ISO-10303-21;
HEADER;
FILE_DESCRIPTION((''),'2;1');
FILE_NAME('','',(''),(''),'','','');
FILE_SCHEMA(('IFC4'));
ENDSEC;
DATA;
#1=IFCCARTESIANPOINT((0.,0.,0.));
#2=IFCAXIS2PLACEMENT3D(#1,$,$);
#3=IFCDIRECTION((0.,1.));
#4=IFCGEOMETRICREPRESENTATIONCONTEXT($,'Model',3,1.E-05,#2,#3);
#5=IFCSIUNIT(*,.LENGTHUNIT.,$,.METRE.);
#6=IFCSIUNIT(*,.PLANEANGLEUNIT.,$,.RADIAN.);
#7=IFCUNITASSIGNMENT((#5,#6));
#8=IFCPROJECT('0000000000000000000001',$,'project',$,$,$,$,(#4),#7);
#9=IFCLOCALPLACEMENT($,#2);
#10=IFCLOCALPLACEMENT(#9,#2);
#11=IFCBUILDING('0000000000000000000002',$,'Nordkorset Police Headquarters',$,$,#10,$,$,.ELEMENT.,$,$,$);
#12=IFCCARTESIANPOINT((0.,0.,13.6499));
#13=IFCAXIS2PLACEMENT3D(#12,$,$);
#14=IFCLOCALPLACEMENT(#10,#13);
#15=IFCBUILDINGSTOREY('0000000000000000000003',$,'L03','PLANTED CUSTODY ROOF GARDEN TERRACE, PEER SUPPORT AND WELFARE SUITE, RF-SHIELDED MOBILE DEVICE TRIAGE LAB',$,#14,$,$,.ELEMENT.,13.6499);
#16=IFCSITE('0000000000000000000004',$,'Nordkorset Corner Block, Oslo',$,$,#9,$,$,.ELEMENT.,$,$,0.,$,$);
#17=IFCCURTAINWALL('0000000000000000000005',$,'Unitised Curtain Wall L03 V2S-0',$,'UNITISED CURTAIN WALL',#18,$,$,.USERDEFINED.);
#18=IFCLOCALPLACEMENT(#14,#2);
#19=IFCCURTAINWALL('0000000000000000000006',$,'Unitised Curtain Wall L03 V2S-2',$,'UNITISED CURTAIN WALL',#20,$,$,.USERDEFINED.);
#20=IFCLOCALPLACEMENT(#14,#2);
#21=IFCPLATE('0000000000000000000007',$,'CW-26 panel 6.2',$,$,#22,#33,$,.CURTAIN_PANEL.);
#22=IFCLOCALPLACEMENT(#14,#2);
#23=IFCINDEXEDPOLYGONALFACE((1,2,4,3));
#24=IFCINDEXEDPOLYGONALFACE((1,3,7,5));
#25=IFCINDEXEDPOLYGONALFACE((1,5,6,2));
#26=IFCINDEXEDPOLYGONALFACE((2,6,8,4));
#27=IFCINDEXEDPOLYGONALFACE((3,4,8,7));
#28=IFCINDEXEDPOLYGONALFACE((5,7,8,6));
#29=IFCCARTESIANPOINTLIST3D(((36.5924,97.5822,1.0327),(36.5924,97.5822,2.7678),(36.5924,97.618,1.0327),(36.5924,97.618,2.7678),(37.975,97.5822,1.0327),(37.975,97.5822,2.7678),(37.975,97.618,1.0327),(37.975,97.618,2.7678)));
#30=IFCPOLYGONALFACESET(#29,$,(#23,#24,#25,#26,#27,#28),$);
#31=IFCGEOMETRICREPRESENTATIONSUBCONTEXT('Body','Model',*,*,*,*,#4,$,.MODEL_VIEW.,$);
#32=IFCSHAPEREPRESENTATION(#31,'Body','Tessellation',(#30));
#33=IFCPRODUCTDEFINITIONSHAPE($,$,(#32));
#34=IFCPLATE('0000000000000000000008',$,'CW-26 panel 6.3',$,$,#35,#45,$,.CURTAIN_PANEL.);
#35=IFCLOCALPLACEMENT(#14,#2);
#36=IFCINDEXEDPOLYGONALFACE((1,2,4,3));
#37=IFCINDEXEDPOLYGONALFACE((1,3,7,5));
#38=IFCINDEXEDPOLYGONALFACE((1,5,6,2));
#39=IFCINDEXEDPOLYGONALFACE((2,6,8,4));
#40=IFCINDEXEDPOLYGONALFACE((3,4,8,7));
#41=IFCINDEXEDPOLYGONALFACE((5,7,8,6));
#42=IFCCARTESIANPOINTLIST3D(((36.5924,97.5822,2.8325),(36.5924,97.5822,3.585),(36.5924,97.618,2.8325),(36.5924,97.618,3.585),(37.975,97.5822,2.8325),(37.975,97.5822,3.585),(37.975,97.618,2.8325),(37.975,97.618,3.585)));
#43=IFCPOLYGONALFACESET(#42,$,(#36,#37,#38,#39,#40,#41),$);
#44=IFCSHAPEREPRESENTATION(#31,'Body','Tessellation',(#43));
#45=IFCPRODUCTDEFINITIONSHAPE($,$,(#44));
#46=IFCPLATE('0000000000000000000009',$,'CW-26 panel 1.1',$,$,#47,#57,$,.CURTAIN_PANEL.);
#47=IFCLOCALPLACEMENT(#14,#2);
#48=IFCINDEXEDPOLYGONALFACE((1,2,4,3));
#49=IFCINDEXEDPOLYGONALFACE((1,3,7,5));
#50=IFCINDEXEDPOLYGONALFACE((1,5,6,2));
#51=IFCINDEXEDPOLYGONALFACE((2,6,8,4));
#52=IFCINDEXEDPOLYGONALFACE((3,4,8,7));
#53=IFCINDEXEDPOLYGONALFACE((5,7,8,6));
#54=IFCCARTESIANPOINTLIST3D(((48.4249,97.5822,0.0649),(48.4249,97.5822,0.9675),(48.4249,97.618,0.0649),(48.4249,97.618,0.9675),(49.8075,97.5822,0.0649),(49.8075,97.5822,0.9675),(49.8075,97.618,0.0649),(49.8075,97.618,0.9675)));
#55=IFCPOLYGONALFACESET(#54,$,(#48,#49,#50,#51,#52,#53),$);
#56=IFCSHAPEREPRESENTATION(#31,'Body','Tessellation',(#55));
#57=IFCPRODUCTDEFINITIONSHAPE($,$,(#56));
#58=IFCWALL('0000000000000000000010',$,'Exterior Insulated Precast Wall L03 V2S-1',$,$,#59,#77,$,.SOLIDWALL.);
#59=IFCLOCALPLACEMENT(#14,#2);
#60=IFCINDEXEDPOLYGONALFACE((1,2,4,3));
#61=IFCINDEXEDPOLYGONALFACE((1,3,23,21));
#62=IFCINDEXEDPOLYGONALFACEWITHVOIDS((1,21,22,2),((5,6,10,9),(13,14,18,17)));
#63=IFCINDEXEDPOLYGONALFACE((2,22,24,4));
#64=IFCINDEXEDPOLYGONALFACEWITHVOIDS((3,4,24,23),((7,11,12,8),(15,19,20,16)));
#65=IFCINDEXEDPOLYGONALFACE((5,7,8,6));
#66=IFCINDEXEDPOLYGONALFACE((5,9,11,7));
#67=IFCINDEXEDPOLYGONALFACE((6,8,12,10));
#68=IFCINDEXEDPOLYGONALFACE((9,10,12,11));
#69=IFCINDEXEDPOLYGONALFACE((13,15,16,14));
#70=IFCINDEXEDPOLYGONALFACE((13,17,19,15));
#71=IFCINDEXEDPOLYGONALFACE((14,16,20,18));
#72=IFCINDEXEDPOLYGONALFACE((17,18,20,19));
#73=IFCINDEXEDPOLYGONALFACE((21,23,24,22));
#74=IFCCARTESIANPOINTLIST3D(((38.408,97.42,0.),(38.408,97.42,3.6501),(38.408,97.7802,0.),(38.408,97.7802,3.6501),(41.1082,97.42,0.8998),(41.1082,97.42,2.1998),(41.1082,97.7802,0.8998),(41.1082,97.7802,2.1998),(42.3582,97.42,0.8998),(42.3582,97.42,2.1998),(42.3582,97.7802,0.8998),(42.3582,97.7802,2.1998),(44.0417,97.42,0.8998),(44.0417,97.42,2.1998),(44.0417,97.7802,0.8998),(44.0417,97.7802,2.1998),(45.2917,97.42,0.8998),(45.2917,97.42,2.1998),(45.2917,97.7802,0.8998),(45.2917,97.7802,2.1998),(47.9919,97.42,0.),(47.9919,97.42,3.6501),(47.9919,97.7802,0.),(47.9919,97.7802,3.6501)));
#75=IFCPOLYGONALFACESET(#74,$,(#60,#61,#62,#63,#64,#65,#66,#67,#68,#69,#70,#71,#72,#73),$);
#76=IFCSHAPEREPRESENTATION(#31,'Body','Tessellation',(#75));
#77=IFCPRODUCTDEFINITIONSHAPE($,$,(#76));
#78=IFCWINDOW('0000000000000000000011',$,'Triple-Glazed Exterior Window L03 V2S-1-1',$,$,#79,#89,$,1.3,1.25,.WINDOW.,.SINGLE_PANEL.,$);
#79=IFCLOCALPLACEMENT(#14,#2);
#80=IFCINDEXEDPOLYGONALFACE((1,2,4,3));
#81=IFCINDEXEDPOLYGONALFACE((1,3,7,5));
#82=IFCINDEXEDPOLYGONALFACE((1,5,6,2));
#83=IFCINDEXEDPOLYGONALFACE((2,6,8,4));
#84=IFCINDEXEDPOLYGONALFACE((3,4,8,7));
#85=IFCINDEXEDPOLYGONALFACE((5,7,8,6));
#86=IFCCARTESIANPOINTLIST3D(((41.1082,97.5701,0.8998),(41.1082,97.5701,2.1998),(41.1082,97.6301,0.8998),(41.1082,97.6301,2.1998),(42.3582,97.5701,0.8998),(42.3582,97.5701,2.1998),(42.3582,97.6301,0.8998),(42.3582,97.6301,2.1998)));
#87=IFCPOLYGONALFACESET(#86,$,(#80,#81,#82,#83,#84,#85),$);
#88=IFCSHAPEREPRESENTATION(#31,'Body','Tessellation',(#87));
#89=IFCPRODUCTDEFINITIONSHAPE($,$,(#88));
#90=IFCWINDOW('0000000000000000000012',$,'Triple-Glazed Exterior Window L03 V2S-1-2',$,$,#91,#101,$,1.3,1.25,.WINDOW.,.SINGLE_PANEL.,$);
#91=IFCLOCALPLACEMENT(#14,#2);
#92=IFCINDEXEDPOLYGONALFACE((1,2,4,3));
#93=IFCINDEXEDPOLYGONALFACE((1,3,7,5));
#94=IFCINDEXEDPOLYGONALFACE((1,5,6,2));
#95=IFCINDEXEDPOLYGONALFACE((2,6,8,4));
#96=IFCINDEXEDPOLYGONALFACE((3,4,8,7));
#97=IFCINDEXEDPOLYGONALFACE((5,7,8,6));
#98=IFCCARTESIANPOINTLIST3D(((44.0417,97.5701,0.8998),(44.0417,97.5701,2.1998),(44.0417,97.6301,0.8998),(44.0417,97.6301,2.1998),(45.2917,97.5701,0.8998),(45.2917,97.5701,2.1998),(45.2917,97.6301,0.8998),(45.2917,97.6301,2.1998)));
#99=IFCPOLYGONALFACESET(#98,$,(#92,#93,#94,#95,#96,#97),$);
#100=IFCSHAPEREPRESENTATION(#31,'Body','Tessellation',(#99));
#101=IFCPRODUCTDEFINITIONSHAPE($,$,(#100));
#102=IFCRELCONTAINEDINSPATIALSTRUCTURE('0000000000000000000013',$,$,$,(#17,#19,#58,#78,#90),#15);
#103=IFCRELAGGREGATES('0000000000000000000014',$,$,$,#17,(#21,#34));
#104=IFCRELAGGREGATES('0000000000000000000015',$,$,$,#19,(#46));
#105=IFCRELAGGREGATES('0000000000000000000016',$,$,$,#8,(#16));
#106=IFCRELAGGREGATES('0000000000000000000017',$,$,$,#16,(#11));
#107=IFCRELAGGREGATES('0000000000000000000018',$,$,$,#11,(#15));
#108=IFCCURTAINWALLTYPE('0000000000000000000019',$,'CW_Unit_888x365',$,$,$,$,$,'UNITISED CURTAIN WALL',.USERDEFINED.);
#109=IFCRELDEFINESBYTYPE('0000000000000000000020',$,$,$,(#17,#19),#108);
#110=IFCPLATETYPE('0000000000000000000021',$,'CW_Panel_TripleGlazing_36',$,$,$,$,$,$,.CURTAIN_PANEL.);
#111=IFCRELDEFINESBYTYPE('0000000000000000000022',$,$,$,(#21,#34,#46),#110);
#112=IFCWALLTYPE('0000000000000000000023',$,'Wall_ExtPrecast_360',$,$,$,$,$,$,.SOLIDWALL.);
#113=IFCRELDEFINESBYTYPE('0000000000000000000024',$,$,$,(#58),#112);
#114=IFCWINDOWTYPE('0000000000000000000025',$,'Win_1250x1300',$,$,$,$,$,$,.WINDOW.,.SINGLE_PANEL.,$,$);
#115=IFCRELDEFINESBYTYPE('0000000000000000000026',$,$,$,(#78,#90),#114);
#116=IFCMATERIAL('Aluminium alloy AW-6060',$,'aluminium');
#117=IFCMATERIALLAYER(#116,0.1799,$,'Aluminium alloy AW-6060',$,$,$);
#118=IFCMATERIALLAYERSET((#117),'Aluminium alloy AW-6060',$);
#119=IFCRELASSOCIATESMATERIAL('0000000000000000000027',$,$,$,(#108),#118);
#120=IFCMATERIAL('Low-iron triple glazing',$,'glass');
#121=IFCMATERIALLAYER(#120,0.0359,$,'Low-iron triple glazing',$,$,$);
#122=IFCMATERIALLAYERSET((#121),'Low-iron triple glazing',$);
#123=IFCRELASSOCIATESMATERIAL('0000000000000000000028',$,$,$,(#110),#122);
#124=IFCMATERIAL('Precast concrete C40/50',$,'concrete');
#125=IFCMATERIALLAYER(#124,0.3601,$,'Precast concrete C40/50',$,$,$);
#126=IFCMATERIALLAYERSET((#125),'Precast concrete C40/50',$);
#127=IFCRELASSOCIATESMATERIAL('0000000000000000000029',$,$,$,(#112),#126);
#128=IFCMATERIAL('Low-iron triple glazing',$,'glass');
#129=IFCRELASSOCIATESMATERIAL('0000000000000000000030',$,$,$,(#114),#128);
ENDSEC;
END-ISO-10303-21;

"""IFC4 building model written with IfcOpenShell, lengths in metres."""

from ifc_helpers import new_model, si_unit, direction, frame, frame_2d, origin, origin_2d, place, context, subcontext, project, spatial, rectangle, extrude, material, layer, layer_set, type_object, element, fill, aggregate, save


model = new_model("IFC4")

# Units and contexts
model_context = context("Model", 3, precision=1e-05, world=origin(), true_north=direction((0.0, 1.0)))
body_context = subcontext(model_context, "Body", "Model", "MODEL_VIEW")
ifc_project = project(units=[si_unit("LENGTHUNIT", "METRE"), si_unit("PLANEANGLEUNIT", "RADIAN")], contexts=[model_context])

# Site, building, storey
site_placement = place(None, origin())
site = spatial("IfcSite", under=ifc_project, at=site_placement, Name="Nordkorset Corner Block, Oslo", CompositionType="ELEMENT", RefElevation=0.0)
building_placement = place(site_placement, origin())
building = spatial("IfcBuilding", under=site, at=building_placement, Name="Nordkorset Police Headquarters", CompositionType="ELEMENT")
storey_placement = place(building_placement, frame((0.0, 0.0, 13.6499)))
storey = spatial("IfcBuildingStorey", under=building, at=storey_placement, Name="L03", Description="PLANTED CUSTODY ROOF GARDEN TERRACE, PEER SUPPORT AND WELFARE SUITE, RF-SHIELDED MOBILE DEVICE TRIAGE LAB", CompositionType="ELEMENT", Elevation=13.6499)

# Curtain wall
ifc_material_1 = material(Name="Aluminium alloy AW-6060", Category="aluminium")
ifc_layer_1 = layer(ifc_material_1, 0.1799, Name="Aluminium alloy AW-6060")
ifc_layer_set_1 = layer_set([ifc_layer_1], Name="Aluminium alloy AW-6060")
curtain_wall_type = type_object("IfcCurtainWallType", Name="CW_Unit_888x365", ElementType="UNITISED CURTAIN WALL", PredefinedType="USERDEFINED", material=ifc_layer_set_1)
curtain_wall_1_placement = place(storey_placement, origin())
curtain_wall_1 = element("IfcCurtainWall", 1, at=curtain_wall_1_placement, inside=storey, type_object=curtain_wall_type, Name="Unitised Curtain Wall L03 V2S-0", ObjectType="UNITISED CURTAIN WALL", PredefinedType="USERDEFINED")

# Curtain wall
curtain_wall_2_placement = place(storey_placement, origin())
curtain_wall_2 = element("IfcCurtainWall", 2, at=curtain_wall_2_placement, inside=storey, type_object=curtain_wall_type, Name="Unitised Curtain Wall L03 V2S-2", ObjectType="UNITISED CURTAIN WALL", PredefinedType="USERDEFINED")

# Plates
ifc_material_2 = material(Name="Low-iron triple glazing", Category="glass")
ifc_layer_2 = layer(ifc_material_2, 0.0359, Name="Low-iron triple glazing")
ifc_layer_set_2 = layer_set([ifc_layer_2], Name="Low-iron triple glazing")
plate_type = type_object("IfcPlateType", Name="CW_Panel_TripleGlazing_36", PredefinedType="CURTAIN_PANEL", material=ifc_layer_set_2)
plate_1_placement = place(storey_placement, frame((37.2837, 97.6001, 1.0327), z_axis=(0.0, 0.0, 1.0), x_axis=(1.0, 0.0, 0.0)))
plate_1 = element("IfcPlate", 3, at=plate_1_placement, type_object=plate_type, Name="CW-26 panel 6.2", PredefinedType="CURTAIN_PANEL", context=body_context, shape_type="SweptSolid", body=[
    extrude(rectangle(XDim=1.3826, YDim=0.0359, at=origin_2d()), origin(), (0.0, 0.0, 1.0), 1.7351),
])
plate_2_placement = place(storey_placement, frame((37.2837, 97.6001, 2.8325), z_axis=(0.0, 0.0, 1.0), x_axis=(1.0, 0.0, 0.0)))
plate_2 = element("IfcPlate", 4, at=plate_2_placement, type_object=plate_type, Name="CW-26 panel 6.3", PredefinedType="CURTAIN_PANEL", context=body_context, shape_type="SweptSolid", body=[
    extrude(rectangle(XDim=1.3826, YDim=0.0359, at=origin_2d()), origin(), (0.0, 0.0, 1.0), 0.7524),
])
aggregate(curtain_wall_1, [plate_1, plate_2])
plate_3_placement = place(storey_placement, frame((49.1162, 97.6001, 0.0649), z_axis=(0.0, 0.0, 1.0), x_axis=(1.0, 0.0, 0.0)))
plate_3 = element("IfcPlate", 5, at=plate_3_placement, type_object=plate_type, Name="CW-26 panel 1.1", PredefinedType="CURTAIN_PANEL", context=body_context, shape_type="SweptSolid", body=[
    extrude(rectangle(XDim=1.3826, YDim=0.0359, at=origin_2d()), origin(), (0.0, 0.0, 1.0), 0.9026),
])
aggregate(curtain_wall_2, [plate_3])

# Wall, openings, windows
ifc_material_3 = material(Name="Precast concrete C40/50", Category="concrete")
ifc_layer_3 = layer(ifc_material_3, 0.3601, Name="Precast concrete C40/50")
ifc_layer_set_3 = layer_set([ifc_layer_3], Name="Precast concrete C40/50")
wall_type = type_object("IfcWallType", Name="Wall_ExtPrecast_360", PredefinedType="SOLIDWALL", material=ifc_layer_set_3)
wall_placement = place(storey_placement, frame((38.408, 97.6001, 0.0), z_axis=(0.0, 0.0, 1.0), x_axis=(1.0, 0.0, 0.0)))
wall = element("IfcWall", 6, at=wall_placement, inside=storey, type_object=wall_type, Name="Exterior Insulated Precast Wall L03 V2S-1", PredefinedType="SOLIDWALL", context=body_context, shape_type="SweptSolid", body=[
    extrude(rectangle(XDim=9.584, YDim=0.3601, at=frame_2d((4.792, 0.0))), origin(), (0.0, 0.0, 1.0), 3.6501),
])
opening_1_placement = place(wall_placement, frame((2.7002, 0.0, 0.8999)))
opening_1 = element("IfcOpeningElement", 7, at=opening_1_placement, cuts=wall, PredefinedType="OPENING", context=body_context, shape_type="SweptSolid", body=[
    extrude(rectangle(XDim=1.25, YDim=1.3, at=frame_2d((0.625, 0.6499))), frame((0.0, 0.1899, 0.0), z_axis=(0.0, -1.0, 0.0), x_axis=(1.0, 0.0, 0.0)), (0.0, 0.0, 1.0), 0.3801),
])
opening_2_placement = place(wall_placement, frame((5.6338, 0.0, 0.8999)))
opening_2 = element("IfcOpeningElement", 8, at=opening_2_placement, cuts=wall, PredefinedType="OPENING", context=body_context, shape_type="SweptSolid", body=[
    extrude(rectangle(XDim=1.25, YDim=1.3, at=frame_2d((0.625, 0.6499))), frame((0.0, 0.1899, 0.0), z_axis=(0.0, -1.0, 0.0), x_axis=(1.0, 0.0, 0.0)), (0.0, 0.0, 1.0), 0.3801),
])
ifc_material_4 = material(Name="Low-iron triple glazing", Category="glass")
window_type = type_object("IfcWindowType", Name="Win_1250x1300", PartitioningType="SINGLE_PANEL", PredefinedType="WINDOW", material=ifc_material_4)
window_1_placement = place(opening_1_placement, origin())
window_1 = element("IfcWindow", 9, at=window_1_placement, inside=storey, type_object=window_type, Name="Triple-Glazed Exterior Window L03 V2S-1-1", OverallHeight=1.3, OverallWidth=1.25, PartitioningType="SINGLE_PANEL", PredefinedType="WINDOW", context=body_context, shape_type="SweptSolid", body=[
    extrude(rectangle(XDim=1.25, YDim=1.3, at=frame_2d((0.625, 0.6499))), frame((0.0, 0.03, 0.0), z_axis=(0.0, -1.0, 0.0), x_axis=(1.0, 0.0, 0.0)), (0.0, 0.0, 1.0), 0.0601),
])
fill(opening_1, window_1)
window_2_placement = place(opening_2_placement, origin())
window_2 = element("IfcWindow", 10, at=window_2_placement, inside=storey, type_object=window_type, Name="Triple-Glazed Exterior Window L03 V2S-1-2", OverallHeight=1.3, OverallWidth=1.25, PartitioningType="SINGLE_PANEL", PredefinedType="WINDOW", context=body_context, shape_type="SweptSolid", body=[
    extrude(rectangle(XDim=1.25, YDim=1.3, at=frame_2d((0.625, 0.6499))), frame((0.0, 0.03, 0.0), z_axis=(0.0, -1.0, 0.0), x_axis=(1.0, 0.0, 0.0)), (0.0, 0.0, 1.0), 0.0601),
])
fill(opening_2, window_2)

save(model, "model.ifc")
